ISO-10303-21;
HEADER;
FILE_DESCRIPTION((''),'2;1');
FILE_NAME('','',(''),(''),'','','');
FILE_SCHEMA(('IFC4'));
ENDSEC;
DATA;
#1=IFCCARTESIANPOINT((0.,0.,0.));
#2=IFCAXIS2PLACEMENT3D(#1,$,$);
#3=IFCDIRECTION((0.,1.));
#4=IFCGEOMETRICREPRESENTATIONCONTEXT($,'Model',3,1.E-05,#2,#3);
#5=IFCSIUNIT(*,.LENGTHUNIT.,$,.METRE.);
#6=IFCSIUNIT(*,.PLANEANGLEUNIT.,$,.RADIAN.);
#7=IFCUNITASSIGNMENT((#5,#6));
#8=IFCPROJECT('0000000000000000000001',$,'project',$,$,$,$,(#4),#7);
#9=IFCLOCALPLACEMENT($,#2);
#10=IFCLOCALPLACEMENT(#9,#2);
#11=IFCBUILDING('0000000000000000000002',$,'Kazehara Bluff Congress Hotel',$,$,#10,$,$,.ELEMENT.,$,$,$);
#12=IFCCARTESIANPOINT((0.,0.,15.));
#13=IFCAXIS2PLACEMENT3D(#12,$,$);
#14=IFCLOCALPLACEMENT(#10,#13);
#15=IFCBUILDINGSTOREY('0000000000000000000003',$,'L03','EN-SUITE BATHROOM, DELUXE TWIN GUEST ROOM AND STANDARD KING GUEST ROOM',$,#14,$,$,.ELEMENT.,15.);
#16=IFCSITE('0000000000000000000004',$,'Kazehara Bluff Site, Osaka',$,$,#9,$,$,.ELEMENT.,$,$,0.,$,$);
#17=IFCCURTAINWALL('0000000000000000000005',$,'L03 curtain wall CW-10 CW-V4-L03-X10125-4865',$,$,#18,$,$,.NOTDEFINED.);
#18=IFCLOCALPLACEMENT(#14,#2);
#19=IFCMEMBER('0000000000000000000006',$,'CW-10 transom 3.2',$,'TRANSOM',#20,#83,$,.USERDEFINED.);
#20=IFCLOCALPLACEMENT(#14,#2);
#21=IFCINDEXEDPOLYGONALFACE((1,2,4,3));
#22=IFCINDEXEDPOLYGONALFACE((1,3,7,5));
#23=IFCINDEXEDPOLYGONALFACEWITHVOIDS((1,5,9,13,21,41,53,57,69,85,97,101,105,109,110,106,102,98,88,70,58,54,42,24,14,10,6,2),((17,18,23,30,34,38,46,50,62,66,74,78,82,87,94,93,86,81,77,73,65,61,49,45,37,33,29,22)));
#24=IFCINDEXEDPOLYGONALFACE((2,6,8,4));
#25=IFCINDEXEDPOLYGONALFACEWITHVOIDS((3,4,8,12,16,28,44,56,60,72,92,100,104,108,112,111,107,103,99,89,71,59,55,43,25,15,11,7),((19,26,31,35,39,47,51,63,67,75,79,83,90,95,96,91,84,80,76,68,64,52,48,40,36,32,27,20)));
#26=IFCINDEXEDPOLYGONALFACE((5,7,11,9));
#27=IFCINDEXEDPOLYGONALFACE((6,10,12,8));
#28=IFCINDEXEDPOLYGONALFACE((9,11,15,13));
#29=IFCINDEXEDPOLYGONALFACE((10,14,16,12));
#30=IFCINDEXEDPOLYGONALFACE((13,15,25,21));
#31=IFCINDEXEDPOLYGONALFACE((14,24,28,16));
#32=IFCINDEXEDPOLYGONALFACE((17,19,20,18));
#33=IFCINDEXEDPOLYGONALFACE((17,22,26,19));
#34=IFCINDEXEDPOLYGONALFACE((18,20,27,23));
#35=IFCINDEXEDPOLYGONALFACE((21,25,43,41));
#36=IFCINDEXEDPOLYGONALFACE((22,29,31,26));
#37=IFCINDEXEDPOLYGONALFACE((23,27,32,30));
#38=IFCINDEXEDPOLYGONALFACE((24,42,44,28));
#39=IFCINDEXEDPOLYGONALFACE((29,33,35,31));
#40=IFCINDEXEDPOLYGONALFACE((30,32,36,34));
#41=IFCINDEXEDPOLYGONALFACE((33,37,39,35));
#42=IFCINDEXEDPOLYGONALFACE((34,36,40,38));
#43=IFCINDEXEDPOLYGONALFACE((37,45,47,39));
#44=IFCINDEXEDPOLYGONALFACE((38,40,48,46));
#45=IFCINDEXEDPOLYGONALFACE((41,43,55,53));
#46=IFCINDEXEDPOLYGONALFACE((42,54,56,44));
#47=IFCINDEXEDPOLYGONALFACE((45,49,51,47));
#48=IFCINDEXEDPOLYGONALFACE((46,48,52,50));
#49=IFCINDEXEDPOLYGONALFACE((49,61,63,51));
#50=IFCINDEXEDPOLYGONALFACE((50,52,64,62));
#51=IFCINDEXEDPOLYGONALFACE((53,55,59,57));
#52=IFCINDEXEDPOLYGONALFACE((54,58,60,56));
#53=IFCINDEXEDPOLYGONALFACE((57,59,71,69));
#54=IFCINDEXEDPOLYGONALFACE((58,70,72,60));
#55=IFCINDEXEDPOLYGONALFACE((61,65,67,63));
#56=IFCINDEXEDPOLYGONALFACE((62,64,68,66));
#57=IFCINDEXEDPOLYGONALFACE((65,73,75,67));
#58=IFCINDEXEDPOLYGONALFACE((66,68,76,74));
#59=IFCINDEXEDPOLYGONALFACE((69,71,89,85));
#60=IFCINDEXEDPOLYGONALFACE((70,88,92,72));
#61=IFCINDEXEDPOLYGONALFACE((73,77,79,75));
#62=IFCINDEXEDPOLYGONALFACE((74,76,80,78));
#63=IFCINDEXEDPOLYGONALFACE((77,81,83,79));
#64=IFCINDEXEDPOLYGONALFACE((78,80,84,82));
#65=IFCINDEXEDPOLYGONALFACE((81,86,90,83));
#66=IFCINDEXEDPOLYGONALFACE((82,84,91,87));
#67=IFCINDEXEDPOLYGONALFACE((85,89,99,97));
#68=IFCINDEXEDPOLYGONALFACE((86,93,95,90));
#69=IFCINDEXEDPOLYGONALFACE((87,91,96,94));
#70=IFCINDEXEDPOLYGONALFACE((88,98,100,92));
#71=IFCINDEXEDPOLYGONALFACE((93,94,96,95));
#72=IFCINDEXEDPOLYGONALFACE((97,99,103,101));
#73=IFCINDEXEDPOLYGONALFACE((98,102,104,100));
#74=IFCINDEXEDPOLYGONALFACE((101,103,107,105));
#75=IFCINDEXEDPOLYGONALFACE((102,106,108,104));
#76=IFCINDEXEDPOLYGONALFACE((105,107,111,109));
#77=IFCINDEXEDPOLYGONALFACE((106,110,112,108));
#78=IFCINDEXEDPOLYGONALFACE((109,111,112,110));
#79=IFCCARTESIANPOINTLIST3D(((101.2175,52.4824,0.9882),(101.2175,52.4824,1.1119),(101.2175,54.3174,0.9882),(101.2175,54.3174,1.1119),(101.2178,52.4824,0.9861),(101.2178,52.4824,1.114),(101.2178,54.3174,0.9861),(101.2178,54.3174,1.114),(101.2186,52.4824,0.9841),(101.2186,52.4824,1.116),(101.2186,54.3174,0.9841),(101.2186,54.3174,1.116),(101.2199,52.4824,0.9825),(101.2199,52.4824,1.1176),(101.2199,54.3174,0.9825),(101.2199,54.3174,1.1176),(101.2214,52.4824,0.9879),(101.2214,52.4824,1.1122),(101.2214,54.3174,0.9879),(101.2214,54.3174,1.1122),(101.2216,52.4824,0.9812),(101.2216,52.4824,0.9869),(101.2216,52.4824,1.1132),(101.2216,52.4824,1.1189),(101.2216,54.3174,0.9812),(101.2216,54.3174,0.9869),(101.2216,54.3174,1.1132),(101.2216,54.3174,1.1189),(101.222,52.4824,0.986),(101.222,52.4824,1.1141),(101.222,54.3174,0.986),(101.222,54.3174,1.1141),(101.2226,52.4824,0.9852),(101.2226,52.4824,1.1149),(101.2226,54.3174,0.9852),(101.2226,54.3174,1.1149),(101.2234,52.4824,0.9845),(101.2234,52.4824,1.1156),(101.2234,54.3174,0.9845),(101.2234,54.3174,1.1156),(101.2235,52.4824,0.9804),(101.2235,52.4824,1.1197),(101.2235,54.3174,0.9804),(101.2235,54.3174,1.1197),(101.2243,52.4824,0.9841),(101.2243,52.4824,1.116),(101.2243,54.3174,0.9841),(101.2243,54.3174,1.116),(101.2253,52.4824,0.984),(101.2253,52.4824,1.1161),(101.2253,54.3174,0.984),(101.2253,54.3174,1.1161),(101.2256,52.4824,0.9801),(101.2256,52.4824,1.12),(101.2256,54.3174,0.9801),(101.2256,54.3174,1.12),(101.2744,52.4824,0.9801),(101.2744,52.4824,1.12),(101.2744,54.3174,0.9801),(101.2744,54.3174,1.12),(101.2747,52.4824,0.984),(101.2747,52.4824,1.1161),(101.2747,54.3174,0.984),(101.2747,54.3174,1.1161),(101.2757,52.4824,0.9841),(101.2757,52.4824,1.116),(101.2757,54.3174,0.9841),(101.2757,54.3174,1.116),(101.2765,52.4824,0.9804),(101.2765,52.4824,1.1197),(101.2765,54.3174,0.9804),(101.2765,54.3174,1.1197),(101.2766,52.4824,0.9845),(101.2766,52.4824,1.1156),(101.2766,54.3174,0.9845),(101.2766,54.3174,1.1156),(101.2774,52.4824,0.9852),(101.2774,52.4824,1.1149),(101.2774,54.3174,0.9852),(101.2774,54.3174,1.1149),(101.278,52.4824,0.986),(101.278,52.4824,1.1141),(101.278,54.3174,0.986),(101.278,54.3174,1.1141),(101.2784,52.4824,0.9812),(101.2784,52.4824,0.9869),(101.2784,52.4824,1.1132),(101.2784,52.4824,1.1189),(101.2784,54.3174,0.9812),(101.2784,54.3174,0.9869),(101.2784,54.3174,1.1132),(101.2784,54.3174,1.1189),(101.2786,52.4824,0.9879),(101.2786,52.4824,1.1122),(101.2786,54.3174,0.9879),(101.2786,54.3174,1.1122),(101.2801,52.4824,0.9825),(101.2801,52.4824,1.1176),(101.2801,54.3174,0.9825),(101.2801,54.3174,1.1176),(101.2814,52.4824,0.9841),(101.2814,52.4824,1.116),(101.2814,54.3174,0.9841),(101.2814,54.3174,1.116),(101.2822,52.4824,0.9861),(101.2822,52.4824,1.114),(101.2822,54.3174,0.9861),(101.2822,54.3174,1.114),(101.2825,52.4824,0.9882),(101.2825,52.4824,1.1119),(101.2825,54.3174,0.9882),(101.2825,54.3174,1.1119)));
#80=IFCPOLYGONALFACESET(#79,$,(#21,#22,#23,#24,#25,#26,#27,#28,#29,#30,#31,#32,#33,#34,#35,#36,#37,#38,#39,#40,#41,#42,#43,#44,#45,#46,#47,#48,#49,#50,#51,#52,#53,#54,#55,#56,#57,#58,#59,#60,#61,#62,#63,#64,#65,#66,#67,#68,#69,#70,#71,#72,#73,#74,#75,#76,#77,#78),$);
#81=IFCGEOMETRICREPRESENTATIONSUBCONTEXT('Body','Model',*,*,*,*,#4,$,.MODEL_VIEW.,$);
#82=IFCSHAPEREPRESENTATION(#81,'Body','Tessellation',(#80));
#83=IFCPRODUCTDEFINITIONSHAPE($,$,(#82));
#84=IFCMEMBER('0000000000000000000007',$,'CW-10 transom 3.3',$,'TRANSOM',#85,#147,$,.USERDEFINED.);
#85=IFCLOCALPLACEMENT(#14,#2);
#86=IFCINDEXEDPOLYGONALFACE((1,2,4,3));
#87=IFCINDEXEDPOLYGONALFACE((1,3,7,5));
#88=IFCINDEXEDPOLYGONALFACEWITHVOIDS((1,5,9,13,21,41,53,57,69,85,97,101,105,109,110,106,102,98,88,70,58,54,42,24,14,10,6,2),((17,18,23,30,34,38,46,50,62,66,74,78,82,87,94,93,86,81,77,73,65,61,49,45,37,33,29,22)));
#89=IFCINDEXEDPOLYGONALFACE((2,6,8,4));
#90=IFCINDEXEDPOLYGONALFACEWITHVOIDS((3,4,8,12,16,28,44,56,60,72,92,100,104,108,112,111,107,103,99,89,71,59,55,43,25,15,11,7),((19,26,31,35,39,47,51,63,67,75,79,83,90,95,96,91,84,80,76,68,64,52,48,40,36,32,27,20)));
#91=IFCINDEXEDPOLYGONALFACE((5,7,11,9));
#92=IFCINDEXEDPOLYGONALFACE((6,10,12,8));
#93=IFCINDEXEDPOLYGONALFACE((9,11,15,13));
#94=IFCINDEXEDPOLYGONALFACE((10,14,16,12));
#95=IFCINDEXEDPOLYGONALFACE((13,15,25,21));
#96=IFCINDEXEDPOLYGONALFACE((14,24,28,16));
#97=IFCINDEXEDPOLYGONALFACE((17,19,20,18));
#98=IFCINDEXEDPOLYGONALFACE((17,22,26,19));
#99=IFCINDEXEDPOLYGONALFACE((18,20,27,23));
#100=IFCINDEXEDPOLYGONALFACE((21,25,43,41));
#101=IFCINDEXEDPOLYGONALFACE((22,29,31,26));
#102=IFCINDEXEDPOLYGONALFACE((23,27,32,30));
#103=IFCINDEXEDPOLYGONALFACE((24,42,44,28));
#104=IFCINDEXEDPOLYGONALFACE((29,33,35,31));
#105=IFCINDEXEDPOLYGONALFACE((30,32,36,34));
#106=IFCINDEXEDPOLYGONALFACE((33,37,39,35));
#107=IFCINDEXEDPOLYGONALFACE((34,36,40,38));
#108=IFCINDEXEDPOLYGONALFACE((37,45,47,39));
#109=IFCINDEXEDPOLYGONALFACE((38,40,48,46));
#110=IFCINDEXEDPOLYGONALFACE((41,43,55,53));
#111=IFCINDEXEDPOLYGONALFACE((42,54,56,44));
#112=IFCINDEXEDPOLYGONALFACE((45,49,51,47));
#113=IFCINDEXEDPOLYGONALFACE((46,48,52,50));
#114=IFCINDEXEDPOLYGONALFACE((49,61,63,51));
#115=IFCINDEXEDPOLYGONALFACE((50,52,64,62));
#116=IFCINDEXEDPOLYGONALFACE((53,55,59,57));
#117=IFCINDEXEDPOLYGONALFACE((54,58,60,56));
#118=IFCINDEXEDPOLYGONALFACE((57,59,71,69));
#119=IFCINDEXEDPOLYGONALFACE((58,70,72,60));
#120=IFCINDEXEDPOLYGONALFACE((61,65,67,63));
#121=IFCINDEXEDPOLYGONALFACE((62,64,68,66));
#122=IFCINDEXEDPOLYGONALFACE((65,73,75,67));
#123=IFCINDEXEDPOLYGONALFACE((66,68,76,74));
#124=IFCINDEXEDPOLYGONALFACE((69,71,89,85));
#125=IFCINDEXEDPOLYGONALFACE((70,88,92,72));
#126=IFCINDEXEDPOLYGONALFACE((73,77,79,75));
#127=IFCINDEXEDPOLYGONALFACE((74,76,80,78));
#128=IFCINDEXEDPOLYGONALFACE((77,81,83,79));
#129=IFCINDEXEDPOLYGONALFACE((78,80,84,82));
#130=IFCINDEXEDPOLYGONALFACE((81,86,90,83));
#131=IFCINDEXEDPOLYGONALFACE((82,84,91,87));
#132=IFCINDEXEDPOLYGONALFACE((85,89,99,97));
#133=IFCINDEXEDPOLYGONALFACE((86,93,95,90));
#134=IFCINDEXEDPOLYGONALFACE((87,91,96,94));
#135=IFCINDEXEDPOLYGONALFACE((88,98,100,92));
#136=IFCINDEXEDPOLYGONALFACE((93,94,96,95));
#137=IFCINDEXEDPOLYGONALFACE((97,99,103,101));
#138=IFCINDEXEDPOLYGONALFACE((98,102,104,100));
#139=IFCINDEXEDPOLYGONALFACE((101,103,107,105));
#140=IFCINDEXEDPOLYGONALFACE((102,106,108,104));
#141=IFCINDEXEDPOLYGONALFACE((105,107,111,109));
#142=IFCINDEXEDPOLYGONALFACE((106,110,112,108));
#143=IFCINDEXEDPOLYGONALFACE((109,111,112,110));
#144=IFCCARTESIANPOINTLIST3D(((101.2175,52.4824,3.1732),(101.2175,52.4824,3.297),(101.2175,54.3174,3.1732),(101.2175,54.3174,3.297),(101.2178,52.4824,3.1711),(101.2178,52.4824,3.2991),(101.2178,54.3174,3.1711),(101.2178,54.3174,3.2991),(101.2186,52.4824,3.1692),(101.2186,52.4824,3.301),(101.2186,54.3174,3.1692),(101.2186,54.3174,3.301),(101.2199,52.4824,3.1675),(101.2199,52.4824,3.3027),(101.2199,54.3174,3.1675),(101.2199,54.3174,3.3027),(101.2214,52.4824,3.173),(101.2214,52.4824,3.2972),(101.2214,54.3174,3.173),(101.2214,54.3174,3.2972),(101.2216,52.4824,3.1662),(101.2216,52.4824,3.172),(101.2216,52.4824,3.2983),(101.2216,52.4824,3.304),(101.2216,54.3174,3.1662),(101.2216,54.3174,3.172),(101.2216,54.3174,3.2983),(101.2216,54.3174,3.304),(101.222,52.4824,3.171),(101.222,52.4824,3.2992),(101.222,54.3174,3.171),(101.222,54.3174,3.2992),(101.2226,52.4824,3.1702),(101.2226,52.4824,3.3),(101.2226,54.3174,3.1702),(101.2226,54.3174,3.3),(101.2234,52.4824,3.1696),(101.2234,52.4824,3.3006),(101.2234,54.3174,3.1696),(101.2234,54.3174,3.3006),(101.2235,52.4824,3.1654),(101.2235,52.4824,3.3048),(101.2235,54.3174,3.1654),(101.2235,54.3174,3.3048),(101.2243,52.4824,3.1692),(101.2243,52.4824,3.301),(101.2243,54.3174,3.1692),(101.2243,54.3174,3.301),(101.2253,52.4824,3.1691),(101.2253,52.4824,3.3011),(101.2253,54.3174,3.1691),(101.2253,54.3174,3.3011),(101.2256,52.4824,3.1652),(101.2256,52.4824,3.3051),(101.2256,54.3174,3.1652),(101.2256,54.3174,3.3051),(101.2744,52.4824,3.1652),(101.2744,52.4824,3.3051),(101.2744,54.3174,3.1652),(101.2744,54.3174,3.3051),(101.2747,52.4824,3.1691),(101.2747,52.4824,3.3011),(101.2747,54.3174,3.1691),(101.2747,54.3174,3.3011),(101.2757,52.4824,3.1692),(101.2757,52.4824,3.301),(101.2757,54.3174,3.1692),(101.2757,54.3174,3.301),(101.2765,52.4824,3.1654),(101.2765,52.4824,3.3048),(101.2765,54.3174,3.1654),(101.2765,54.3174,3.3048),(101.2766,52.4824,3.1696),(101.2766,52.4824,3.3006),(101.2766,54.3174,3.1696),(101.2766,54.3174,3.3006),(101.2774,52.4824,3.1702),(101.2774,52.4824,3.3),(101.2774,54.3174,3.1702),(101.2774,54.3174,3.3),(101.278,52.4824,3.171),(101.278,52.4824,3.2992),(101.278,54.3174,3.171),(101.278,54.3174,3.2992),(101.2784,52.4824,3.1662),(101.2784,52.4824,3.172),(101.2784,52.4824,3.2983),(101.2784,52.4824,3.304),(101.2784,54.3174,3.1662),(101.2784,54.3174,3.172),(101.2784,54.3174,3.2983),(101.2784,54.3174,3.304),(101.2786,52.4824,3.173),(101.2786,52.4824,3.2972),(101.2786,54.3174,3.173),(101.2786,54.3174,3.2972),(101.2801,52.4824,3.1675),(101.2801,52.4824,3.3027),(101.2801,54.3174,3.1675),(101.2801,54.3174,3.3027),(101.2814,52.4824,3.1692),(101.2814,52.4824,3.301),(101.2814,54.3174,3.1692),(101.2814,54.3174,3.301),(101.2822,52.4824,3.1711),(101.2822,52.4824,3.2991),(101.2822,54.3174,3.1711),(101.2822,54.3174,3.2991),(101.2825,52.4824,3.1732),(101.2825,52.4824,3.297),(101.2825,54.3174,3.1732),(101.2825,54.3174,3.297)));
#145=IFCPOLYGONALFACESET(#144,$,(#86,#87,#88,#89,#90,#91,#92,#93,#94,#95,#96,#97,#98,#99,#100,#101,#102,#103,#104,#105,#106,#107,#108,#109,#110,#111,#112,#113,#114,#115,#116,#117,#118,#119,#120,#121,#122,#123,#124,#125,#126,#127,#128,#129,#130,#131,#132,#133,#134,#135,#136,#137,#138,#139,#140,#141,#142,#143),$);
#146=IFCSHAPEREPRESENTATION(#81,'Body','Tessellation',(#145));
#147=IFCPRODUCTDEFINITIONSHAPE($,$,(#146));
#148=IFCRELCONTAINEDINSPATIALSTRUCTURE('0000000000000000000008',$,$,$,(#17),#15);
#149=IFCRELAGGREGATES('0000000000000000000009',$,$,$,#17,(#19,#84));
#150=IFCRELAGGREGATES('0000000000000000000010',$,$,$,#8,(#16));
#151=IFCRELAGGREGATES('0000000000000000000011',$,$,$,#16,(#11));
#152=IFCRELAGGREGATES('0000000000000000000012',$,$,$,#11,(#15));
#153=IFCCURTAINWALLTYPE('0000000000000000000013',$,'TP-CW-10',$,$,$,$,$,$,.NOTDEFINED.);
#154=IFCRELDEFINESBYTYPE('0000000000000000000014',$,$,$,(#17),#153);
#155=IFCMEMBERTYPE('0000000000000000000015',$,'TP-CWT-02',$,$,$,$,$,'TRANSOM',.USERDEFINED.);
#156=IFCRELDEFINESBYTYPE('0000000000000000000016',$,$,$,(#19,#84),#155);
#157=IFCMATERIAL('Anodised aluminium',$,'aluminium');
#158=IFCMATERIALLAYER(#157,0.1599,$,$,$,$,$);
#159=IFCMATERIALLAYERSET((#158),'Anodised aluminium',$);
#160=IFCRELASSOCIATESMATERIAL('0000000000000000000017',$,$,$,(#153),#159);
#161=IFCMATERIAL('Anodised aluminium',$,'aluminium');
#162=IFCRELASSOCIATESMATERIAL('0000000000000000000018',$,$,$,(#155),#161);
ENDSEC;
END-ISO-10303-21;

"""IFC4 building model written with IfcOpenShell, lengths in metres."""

from ifc_helpers import new_model, si_unit, direction, frame, origin, origin_2d, place, context, subcontext, project, spatial, hollow_rectangle, extrude, material, layer, layer_set, material_profile, profile_set, type_object, element, aggregate, save


model = new_model("IFC4")

# Units and contexts
model_context = context("Model", 3, precision=1e-05, world=origin(), true_north=direction((0.0, 1.0)))
body_context = subcontext(model_context, "Body", "Model", "MODEL_VIEW")
ifc_project = project(units=[si_unit("LENGTHUNIT", "METRE"), si_unit("PLANEANGLEUNIT", "RADIAN")], contexts=[model_context])

# Site, building, storey
site_placement = place(None, origin())
site = spatial("IfcSite", under=ifc_project, at=site_placement, Name="Kazehara Bluff Site, Osaka", CompositionType="ELEMENT", RefElevation=0.0)
building_placement = place(site_placement, origin())
building = spatial("IfcBuilding", under=site, at=building_placement, Name="Kazehara Bluff Congress Hotel", CompositionType="ELEMENT")
storey_placement = place(building_placement, frame((0.0, 0.0, 15.0)))
storey = spatial("IfcBuildingStorey", under=building, at=storey_placement, Name="L03", Description="EN-SUITE BATHROOM, DELUXE TWIN GUEST ROOM AND STANDARD KING GUEST ROOM", CompositionType="ELEMENT", Elevation=15.0)

# Curtain wall
ifc_material_1 = material(Name="Anodised aluminium", Category="aluminium")
ifc_layer_1 = layer(ifc_material_1, 0.1599)
ifc_layer_set_1 = layer_set([ifc_layer_1], Name="Anodised aluminium")
curtain_wall_type_1 = type_object("IfcCurtainWallType", Name="TP-CW-10", PredefinedType="NOTDEFINED", material=ifc_layer_set_1)
curtain_wall_1_placement = place(storey_placement, origin())
curtain_wall_1 = element("IfcCurtainWall", 1, at=curtain_wall_1_placement, inside=storey, type_object=curtain_wall_type_1, Name="L03 curtain wall CW-10 CW-V4-L03-X10125-4865", PredefinedType="NOTDEFINED")

# Members
ifc_material_2 = material(Name="Anodised aluminium", Category="aluminium")
ifc_material_profile_1 = material_profile(ifc_material_2, hollow_rectangle(XDim=0.0649, YDim=0.1399, WallThickness=0.0039, InnerFilletRadius=0.0039, OuterFilletRadius=0.0081, at=origin_2d()))
ifc_profile_set_1 = profile_set([ifc_material_profile_1], Name="Anodised aluminium")
member_type_1 = type_object("IfcMemberType", Name="TP-CWT-02", ElementType="TRANSOM", PredefinedType="USERDEFINED", material=ifc_profile_set_1)
member_1_placement = place(storey_placement, frame((101.25, 52.4824, 1.05), z_axis=(0.0, 1.0, 0.0), x_axis=(-1.0, 0.0, 0.0)))
member_1 = element("IfcMember", 2, at=member_1_placement, type_object=member_type_1, Name="CW-10 transom 3.2", ObjectType="TRANSOM", PredefinedType="USERDEFINED", context=body_context, shape_type="SweptSolid", body=[
    extrude(hollow_rectangle(XDim=0.0649, YDim=0.1399, WallThickness=0.0039, InnerFilletRadius=0.0039, OuterFilletRadius=0.0081, at=origin_2d()), origin(), (0.0, 0.0, 1.0), 1.835),
])
member_2_placement = place(storey_placement, frame((101.25, 52.4824, 3.2351), z_axis=(0.0, 1.0, 0.0), x_axis=(-1.0, 0.0, 0.0)))
member_2 = element("IfcMember", 3, at=member_2_placement, type_object=member_type_1, Name="CW-10 transom 3.3", ObjectType="TRANSOM", PredefinedType="USERDEFINED", context=body_context, shape_type="SweptSolid", body=[
    extrude(hollow_rectangle(XDim=0.0649, YDim=0.1399, WallThickness=0.0039, InnerFilletRadius=0.0039, OuterFilletRadius=0.0081, at=origin_2d()), origin(), (0.0, 0.0, 1.0), 1.835),
])

aggregate(curtain_wall_1, [member_1, member_2])

save(model, "model.ifc")
